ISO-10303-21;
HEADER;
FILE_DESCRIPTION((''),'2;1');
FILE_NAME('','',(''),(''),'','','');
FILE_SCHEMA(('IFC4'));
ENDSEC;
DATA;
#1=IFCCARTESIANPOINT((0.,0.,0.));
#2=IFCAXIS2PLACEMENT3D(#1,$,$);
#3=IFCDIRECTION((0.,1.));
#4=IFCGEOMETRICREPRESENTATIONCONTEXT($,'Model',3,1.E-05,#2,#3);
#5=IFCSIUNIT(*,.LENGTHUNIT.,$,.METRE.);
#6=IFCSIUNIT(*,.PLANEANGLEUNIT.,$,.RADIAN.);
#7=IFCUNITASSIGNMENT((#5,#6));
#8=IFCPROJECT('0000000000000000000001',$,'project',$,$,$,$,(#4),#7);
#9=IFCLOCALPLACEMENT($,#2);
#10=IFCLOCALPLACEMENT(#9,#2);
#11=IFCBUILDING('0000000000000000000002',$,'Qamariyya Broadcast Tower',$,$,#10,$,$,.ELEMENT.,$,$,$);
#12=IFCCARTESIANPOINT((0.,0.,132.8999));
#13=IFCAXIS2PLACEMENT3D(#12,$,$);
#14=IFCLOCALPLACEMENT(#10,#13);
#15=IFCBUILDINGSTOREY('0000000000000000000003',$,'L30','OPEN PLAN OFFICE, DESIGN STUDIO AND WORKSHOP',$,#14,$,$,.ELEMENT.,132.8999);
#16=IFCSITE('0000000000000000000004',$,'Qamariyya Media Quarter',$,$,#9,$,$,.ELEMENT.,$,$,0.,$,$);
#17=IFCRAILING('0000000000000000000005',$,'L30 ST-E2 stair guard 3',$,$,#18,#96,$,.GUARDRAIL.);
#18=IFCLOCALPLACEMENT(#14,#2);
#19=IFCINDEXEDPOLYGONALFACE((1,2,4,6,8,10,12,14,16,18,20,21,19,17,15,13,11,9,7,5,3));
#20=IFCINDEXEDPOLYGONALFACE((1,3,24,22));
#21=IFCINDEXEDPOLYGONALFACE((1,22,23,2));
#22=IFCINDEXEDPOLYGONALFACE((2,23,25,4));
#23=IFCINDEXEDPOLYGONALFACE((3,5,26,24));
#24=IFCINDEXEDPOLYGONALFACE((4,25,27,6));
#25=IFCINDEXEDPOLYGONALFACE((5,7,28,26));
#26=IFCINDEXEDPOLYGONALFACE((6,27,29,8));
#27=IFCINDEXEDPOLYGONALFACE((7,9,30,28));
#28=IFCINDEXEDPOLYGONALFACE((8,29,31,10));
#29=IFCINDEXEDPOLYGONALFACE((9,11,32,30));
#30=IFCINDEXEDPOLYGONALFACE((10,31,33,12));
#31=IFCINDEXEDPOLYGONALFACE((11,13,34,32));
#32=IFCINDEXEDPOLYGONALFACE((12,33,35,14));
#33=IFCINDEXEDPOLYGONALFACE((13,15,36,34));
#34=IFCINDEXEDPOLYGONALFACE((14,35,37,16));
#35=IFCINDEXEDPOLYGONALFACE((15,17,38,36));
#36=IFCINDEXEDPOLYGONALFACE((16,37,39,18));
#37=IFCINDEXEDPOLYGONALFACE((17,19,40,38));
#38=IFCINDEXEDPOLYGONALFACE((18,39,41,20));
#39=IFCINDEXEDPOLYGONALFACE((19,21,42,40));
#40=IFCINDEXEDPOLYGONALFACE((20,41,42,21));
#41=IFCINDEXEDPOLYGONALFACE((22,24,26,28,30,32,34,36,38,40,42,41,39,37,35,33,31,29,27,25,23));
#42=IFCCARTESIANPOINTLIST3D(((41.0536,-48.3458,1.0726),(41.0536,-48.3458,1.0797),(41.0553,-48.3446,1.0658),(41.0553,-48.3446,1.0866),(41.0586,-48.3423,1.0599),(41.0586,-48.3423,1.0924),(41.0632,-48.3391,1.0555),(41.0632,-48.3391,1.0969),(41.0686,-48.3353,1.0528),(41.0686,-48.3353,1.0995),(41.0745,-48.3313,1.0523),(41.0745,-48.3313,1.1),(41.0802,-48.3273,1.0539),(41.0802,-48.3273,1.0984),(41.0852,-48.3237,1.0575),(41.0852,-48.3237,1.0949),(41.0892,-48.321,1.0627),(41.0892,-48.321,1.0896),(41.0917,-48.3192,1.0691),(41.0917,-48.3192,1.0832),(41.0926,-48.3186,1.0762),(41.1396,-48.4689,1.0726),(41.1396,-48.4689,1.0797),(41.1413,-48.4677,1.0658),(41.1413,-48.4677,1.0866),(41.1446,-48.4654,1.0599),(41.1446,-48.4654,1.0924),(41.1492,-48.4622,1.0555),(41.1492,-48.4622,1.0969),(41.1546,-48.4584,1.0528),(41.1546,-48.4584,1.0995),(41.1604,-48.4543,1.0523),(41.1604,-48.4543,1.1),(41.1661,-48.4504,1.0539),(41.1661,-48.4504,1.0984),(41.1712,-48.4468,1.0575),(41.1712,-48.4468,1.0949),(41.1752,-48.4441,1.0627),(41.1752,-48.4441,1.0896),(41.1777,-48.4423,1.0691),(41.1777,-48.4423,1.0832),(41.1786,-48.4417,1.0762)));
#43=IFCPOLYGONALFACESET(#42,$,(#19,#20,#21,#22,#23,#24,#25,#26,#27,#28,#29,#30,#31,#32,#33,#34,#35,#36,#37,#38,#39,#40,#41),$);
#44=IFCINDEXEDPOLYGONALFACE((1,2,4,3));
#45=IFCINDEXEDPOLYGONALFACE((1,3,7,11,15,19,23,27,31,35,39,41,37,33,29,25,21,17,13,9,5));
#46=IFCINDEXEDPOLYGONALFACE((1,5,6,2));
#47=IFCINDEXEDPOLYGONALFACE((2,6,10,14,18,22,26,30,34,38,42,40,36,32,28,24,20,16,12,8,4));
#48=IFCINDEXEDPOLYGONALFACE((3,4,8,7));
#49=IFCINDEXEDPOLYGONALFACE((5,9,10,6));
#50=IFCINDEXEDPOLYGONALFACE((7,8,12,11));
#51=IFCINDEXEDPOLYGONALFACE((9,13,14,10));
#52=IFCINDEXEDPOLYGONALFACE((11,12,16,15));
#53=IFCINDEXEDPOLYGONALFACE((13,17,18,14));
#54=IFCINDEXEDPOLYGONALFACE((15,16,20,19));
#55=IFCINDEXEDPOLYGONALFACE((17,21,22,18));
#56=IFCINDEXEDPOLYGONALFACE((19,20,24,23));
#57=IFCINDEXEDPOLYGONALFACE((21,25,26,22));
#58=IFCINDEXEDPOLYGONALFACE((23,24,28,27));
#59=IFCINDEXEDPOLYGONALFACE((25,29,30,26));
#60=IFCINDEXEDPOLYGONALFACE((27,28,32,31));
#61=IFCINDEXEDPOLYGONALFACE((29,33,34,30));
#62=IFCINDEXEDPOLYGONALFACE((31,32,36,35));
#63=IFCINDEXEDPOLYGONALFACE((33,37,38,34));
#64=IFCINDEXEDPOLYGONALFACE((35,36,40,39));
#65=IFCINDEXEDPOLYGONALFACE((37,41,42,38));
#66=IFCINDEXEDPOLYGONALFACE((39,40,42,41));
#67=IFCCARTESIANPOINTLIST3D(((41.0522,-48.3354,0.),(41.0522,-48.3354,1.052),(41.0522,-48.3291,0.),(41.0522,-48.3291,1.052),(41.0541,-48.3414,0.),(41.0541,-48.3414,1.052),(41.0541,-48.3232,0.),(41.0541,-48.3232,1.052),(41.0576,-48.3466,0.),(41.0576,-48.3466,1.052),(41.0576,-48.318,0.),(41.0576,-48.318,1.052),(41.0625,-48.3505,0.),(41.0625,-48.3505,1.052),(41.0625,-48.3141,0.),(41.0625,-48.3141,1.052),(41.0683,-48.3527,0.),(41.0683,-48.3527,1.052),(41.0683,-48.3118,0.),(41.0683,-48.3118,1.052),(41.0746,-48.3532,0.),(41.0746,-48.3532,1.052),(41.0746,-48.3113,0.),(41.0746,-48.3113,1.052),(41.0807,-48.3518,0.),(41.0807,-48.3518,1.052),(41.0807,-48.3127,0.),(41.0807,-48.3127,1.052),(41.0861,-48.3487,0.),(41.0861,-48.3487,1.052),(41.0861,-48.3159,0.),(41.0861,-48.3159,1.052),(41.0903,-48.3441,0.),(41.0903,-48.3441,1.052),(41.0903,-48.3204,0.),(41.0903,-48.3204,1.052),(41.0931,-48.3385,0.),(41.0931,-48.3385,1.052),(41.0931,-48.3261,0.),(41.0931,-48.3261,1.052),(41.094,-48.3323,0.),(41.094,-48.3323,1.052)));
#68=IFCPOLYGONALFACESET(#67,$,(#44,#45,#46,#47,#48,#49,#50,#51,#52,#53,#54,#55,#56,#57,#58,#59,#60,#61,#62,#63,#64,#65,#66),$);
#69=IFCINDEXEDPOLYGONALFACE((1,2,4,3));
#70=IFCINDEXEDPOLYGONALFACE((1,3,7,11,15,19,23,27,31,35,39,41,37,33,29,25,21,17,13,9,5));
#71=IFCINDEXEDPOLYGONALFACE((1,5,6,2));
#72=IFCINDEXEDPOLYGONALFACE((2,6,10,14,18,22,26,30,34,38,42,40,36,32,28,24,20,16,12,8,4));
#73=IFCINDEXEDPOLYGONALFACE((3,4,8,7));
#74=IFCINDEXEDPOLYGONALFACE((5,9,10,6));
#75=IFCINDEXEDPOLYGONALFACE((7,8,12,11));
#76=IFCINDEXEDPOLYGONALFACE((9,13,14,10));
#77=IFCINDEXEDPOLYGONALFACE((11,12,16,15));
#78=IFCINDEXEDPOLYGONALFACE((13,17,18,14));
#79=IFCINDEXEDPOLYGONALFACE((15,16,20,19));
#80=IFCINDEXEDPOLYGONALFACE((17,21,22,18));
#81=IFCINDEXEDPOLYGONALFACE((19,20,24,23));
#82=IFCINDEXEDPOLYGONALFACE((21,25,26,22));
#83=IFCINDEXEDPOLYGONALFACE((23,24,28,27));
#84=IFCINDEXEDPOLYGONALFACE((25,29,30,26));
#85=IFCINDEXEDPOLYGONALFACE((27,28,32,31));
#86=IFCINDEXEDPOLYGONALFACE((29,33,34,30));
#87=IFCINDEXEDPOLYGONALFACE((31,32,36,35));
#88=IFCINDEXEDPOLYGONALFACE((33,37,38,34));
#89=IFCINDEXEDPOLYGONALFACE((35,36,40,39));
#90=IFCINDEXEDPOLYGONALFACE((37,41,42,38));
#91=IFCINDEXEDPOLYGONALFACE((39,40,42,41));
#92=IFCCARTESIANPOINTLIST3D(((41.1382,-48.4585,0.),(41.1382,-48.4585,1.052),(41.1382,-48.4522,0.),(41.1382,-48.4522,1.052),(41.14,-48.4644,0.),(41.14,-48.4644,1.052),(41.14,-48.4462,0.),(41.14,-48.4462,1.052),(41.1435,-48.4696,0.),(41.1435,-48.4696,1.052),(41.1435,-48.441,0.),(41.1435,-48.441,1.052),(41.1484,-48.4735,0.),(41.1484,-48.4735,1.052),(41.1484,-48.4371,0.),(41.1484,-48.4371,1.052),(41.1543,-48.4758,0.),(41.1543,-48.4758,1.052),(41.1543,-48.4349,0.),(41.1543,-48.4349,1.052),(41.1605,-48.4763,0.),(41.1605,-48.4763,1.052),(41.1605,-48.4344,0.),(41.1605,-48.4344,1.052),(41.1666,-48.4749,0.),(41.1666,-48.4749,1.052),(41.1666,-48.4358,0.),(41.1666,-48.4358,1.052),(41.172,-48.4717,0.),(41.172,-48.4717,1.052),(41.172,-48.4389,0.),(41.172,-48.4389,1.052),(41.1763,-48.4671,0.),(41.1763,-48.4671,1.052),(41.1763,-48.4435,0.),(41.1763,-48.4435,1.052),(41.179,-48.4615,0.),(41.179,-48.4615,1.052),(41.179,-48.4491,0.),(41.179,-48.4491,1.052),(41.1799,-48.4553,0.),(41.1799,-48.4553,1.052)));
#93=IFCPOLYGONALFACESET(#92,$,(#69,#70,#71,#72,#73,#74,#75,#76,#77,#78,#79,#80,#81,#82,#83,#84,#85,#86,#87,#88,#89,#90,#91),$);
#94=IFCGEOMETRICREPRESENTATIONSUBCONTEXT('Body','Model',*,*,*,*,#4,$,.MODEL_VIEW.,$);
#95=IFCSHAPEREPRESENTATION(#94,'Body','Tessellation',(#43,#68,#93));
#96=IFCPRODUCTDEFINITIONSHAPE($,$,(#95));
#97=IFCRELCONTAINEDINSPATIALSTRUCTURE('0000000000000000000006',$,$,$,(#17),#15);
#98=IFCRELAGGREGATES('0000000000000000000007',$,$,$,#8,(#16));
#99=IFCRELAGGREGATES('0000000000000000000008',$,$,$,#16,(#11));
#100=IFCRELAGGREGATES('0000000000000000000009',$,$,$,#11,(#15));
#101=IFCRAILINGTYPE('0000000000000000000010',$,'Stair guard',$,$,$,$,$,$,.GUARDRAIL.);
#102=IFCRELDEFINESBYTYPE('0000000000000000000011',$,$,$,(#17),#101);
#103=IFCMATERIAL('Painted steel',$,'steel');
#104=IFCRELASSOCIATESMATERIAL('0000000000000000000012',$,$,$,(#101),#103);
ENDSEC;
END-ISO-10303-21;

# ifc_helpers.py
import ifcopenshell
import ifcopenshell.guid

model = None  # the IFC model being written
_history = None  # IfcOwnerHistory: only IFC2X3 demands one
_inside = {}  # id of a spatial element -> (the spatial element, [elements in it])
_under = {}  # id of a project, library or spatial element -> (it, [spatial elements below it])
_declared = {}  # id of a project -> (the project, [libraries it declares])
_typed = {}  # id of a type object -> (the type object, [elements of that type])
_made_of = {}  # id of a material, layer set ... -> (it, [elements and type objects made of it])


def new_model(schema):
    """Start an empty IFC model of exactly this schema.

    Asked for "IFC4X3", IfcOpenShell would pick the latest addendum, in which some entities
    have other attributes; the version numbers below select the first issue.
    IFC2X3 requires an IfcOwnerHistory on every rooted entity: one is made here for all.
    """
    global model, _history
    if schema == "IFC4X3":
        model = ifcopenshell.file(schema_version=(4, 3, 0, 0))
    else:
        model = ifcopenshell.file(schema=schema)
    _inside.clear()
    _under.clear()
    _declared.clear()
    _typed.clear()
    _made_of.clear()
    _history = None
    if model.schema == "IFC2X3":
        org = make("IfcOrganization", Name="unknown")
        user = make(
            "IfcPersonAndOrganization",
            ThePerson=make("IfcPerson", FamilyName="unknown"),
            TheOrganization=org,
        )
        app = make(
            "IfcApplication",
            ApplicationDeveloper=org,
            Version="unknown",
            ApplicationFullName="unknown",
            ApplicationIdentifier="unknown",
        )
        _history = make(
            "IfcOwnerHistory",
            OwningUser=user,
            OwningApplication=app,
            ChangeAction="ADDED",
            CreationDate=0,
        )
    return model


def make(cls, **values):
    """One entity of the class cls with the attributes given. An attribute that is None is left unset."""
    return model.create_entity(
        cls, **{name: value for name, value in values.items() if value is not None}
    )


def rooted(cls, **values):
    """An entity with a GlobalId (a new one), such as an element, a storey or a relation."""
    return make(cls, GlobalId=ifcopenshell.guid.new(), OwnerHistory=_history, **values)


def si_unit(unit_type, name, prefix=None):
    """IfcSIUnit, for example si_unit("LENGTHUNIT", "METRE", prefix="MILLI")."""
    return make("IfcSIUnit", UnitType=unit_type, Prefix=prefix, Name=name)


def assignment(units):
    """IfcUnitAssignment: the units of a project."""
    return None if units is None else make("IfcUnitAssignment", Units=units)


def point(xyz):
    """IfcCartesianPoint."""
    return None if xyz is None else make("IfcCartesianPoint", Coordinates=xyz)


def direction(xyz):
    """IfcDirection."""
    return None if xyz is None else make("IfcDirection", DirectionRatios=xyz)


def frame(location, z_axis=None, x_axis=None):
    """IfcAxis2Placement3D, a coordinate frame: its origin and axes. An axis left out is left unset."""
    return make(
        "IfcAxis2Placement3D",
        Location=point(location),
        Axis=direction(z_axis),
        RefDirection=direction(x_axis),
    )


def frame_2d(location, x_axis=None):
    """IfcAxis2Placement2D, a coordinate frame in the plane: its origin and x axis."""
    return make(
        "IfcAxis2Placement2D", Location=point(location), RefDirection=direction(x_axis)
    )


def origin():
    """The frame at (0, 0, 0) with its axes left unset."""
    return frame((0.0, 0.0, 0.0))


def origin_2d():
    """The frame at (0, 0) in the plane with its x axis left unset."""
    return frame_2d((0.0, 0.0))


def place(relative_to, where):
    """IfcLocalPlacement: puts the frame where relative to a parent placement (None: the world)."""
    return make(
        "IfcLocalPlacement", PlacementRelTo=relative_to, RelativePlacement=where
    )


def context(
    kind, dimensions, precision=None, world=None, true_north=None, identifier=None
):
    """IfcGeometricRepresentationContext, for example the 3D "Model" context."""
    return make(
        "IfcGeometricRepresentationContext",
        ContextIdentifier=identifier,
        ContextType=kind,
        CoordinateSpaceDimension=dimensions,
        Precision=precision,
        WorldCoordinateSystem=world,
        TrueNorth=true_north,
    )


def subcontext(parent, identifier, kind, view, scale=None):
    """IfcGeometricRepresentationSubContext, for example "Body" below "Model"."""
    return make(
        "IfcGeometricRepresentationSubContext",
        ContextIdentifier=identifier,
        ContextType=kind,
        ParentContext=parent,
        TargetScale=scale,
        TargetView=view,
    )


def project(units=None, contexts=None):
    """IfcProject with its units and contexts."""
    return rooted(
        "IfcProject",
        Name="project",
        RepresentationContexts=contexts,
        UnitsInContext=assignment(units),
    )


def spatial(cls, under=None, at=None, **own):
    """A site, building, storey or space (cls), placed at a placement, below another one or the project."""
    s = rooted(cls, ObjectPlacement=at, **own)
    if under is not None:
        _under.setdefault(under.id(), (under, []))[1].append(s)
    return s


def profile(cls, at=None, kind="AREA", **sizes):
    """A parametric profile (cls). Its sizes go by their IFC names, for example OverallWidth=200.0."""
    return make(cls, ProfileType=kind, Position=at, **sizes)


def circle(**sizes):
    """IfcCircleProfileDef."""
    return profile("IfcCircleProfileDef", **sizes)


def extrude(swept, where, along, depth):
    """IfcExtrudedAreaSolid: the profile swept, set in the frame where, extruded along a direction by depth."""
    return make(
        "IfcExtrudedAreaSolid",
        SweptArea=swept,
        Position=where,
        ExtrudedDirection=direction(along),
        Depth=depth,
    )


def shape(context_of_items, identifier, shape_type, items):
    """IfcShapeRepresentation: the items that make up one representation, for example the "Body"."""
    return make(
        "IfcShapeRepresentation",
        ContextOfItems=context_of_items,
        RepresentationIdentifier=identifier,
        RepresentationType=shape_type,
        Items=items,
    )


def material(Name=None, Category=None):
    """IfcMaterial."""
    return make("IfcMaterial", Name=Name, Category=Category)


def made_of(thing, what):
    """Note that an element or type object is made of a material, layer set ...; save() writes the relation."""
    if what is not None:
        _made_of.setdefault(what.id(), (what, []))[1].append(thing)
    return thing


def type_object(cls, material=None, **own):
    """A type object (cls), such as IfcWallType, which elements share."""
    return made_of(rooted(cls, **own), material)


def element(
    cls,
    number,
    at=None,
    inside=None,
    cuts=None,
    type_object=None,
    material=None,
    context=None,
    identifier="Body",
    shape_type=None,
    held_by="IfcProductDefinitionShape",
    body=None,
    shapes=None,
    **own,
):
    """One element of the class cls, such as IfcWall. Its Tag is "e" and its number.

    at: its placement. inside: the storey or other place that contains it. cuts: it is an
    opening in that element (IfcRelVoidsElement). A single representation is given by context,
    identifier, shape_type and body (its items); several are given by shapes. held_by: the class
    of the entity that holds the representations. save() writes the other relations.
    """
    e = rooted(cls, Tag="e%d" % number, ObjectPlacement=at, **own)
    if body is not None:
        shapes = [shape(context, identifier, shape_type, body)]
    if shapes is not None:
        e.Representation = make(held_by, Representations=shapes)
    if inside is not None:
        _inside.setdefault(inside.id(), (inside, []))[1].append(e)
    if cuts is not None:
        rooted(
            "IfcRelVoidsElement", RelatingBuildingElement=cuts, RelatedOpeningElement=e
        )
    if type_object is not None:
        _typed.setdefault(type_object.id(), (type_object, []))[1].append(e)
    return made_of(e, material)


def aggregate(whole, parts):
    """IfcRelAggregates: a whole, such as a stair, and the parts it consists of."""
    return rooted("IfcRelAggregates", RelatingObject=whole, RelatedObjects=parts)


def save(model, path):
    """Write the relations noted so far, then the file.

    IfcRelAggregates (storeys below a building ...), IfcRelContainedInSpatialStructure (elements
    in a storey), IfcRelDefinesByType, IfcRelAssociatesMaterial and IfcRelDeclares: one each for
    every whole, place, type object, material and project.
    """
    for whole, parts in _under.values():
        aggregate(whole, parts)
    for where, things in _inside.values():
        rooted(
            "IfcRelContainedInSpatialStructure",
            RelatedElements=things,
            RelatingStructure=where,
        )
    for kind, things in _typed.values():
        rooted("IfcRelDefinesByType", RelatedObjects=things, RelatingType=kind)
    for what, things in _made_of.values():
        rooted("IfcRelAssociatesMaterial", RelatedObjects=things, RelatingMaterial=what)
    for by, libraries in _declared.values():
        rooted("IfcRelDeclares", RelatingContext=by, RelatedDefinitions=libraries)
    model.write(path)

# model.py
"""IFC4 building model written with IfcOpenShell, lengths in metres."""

from ifc_helpers import new_model, si_unit, direction, frame, origin, origin_2d, place, context, subcontext, project, spatial, circle, extrude, material, type_object, element, save


model = new_model("IFC4")

# Units and contexts
model_context = context("Model", 3, precision=1e-05, world=origin(), true_north=direction((0.0, 1.0)))
body_context = subcontext(model_context, "Body", "Model", "MODEL_VIEW")
ifc_project = project(units=[si_unit("LENGTHUNIT", "METRE"), si_unit("PLANEANGLEUNIT", "RADIAN")], contexts=[model_context])

# Site, building, storey
site_placement = place(None, origin())
site = spatial("IfcSite", under=ifc_project, at=site_placement, Name="Qamariyya Media Quarter", CompositionType="ELEMENT", RefElevation=0.0)
building_placement = place(site_placement, origin())
building = spatial("IfcBuilding", under=site, at=building_placement, Name="Qamariyya Broadcast Tower", CompositionType="ELEMENT")
storey_placement = place(building_placement, frame((0.0, 0.0, 132.8999)))
storey = spatial("IfcBuildingStorey", under=building, at=storey_placement, Name="L30", Description="OPEN PLAN OFFICE, DESIGN STUDIO AND WORKSHOP", CompositionType="ELEMENT", Elevation=132.8999)

# Railing
ifc_material_1 = material(Name="Painted steel", Category="steel")
railing_type_1 = type_object("IfcRailingType", Name="Stair guard", PredefinedType="GUARDRAIL", material=ifc_material_1)
railing_1_placement = place(storey_placement, frame((41.073, -48.3323, 0.0)))
element("IfcRailing", 1, at=railing_1_placement, inside=storey, type_object=railing_type_1, Name="L30 ST-E2 stair guard 3", PredefinedType="GUARDRAIL", context=body_context, shape_type="SweptSolid", body=[
    extrude(circle(Radius=0.0239, at=origin_2d()), frame((0.0, 0.0, 1.0762), z_axis=(0.572589, -0.819843, 0.0), x_axis=(0.819843, 0.572589, 0.0)), (0.0, 0.0, 1.0), 0.1501),
    extrude(circle(Radius=0.021, at=origin_2d()), origin(), (0.0, 0.0, 1.0), 1.052),
    extrude(circle(Radius=0.021, at=origin_2d()), frame((0.0859, -0.123, 0.0)), (0.0, 0.0, 1.0), 1.052),
])

save(model, "model.ifc")
